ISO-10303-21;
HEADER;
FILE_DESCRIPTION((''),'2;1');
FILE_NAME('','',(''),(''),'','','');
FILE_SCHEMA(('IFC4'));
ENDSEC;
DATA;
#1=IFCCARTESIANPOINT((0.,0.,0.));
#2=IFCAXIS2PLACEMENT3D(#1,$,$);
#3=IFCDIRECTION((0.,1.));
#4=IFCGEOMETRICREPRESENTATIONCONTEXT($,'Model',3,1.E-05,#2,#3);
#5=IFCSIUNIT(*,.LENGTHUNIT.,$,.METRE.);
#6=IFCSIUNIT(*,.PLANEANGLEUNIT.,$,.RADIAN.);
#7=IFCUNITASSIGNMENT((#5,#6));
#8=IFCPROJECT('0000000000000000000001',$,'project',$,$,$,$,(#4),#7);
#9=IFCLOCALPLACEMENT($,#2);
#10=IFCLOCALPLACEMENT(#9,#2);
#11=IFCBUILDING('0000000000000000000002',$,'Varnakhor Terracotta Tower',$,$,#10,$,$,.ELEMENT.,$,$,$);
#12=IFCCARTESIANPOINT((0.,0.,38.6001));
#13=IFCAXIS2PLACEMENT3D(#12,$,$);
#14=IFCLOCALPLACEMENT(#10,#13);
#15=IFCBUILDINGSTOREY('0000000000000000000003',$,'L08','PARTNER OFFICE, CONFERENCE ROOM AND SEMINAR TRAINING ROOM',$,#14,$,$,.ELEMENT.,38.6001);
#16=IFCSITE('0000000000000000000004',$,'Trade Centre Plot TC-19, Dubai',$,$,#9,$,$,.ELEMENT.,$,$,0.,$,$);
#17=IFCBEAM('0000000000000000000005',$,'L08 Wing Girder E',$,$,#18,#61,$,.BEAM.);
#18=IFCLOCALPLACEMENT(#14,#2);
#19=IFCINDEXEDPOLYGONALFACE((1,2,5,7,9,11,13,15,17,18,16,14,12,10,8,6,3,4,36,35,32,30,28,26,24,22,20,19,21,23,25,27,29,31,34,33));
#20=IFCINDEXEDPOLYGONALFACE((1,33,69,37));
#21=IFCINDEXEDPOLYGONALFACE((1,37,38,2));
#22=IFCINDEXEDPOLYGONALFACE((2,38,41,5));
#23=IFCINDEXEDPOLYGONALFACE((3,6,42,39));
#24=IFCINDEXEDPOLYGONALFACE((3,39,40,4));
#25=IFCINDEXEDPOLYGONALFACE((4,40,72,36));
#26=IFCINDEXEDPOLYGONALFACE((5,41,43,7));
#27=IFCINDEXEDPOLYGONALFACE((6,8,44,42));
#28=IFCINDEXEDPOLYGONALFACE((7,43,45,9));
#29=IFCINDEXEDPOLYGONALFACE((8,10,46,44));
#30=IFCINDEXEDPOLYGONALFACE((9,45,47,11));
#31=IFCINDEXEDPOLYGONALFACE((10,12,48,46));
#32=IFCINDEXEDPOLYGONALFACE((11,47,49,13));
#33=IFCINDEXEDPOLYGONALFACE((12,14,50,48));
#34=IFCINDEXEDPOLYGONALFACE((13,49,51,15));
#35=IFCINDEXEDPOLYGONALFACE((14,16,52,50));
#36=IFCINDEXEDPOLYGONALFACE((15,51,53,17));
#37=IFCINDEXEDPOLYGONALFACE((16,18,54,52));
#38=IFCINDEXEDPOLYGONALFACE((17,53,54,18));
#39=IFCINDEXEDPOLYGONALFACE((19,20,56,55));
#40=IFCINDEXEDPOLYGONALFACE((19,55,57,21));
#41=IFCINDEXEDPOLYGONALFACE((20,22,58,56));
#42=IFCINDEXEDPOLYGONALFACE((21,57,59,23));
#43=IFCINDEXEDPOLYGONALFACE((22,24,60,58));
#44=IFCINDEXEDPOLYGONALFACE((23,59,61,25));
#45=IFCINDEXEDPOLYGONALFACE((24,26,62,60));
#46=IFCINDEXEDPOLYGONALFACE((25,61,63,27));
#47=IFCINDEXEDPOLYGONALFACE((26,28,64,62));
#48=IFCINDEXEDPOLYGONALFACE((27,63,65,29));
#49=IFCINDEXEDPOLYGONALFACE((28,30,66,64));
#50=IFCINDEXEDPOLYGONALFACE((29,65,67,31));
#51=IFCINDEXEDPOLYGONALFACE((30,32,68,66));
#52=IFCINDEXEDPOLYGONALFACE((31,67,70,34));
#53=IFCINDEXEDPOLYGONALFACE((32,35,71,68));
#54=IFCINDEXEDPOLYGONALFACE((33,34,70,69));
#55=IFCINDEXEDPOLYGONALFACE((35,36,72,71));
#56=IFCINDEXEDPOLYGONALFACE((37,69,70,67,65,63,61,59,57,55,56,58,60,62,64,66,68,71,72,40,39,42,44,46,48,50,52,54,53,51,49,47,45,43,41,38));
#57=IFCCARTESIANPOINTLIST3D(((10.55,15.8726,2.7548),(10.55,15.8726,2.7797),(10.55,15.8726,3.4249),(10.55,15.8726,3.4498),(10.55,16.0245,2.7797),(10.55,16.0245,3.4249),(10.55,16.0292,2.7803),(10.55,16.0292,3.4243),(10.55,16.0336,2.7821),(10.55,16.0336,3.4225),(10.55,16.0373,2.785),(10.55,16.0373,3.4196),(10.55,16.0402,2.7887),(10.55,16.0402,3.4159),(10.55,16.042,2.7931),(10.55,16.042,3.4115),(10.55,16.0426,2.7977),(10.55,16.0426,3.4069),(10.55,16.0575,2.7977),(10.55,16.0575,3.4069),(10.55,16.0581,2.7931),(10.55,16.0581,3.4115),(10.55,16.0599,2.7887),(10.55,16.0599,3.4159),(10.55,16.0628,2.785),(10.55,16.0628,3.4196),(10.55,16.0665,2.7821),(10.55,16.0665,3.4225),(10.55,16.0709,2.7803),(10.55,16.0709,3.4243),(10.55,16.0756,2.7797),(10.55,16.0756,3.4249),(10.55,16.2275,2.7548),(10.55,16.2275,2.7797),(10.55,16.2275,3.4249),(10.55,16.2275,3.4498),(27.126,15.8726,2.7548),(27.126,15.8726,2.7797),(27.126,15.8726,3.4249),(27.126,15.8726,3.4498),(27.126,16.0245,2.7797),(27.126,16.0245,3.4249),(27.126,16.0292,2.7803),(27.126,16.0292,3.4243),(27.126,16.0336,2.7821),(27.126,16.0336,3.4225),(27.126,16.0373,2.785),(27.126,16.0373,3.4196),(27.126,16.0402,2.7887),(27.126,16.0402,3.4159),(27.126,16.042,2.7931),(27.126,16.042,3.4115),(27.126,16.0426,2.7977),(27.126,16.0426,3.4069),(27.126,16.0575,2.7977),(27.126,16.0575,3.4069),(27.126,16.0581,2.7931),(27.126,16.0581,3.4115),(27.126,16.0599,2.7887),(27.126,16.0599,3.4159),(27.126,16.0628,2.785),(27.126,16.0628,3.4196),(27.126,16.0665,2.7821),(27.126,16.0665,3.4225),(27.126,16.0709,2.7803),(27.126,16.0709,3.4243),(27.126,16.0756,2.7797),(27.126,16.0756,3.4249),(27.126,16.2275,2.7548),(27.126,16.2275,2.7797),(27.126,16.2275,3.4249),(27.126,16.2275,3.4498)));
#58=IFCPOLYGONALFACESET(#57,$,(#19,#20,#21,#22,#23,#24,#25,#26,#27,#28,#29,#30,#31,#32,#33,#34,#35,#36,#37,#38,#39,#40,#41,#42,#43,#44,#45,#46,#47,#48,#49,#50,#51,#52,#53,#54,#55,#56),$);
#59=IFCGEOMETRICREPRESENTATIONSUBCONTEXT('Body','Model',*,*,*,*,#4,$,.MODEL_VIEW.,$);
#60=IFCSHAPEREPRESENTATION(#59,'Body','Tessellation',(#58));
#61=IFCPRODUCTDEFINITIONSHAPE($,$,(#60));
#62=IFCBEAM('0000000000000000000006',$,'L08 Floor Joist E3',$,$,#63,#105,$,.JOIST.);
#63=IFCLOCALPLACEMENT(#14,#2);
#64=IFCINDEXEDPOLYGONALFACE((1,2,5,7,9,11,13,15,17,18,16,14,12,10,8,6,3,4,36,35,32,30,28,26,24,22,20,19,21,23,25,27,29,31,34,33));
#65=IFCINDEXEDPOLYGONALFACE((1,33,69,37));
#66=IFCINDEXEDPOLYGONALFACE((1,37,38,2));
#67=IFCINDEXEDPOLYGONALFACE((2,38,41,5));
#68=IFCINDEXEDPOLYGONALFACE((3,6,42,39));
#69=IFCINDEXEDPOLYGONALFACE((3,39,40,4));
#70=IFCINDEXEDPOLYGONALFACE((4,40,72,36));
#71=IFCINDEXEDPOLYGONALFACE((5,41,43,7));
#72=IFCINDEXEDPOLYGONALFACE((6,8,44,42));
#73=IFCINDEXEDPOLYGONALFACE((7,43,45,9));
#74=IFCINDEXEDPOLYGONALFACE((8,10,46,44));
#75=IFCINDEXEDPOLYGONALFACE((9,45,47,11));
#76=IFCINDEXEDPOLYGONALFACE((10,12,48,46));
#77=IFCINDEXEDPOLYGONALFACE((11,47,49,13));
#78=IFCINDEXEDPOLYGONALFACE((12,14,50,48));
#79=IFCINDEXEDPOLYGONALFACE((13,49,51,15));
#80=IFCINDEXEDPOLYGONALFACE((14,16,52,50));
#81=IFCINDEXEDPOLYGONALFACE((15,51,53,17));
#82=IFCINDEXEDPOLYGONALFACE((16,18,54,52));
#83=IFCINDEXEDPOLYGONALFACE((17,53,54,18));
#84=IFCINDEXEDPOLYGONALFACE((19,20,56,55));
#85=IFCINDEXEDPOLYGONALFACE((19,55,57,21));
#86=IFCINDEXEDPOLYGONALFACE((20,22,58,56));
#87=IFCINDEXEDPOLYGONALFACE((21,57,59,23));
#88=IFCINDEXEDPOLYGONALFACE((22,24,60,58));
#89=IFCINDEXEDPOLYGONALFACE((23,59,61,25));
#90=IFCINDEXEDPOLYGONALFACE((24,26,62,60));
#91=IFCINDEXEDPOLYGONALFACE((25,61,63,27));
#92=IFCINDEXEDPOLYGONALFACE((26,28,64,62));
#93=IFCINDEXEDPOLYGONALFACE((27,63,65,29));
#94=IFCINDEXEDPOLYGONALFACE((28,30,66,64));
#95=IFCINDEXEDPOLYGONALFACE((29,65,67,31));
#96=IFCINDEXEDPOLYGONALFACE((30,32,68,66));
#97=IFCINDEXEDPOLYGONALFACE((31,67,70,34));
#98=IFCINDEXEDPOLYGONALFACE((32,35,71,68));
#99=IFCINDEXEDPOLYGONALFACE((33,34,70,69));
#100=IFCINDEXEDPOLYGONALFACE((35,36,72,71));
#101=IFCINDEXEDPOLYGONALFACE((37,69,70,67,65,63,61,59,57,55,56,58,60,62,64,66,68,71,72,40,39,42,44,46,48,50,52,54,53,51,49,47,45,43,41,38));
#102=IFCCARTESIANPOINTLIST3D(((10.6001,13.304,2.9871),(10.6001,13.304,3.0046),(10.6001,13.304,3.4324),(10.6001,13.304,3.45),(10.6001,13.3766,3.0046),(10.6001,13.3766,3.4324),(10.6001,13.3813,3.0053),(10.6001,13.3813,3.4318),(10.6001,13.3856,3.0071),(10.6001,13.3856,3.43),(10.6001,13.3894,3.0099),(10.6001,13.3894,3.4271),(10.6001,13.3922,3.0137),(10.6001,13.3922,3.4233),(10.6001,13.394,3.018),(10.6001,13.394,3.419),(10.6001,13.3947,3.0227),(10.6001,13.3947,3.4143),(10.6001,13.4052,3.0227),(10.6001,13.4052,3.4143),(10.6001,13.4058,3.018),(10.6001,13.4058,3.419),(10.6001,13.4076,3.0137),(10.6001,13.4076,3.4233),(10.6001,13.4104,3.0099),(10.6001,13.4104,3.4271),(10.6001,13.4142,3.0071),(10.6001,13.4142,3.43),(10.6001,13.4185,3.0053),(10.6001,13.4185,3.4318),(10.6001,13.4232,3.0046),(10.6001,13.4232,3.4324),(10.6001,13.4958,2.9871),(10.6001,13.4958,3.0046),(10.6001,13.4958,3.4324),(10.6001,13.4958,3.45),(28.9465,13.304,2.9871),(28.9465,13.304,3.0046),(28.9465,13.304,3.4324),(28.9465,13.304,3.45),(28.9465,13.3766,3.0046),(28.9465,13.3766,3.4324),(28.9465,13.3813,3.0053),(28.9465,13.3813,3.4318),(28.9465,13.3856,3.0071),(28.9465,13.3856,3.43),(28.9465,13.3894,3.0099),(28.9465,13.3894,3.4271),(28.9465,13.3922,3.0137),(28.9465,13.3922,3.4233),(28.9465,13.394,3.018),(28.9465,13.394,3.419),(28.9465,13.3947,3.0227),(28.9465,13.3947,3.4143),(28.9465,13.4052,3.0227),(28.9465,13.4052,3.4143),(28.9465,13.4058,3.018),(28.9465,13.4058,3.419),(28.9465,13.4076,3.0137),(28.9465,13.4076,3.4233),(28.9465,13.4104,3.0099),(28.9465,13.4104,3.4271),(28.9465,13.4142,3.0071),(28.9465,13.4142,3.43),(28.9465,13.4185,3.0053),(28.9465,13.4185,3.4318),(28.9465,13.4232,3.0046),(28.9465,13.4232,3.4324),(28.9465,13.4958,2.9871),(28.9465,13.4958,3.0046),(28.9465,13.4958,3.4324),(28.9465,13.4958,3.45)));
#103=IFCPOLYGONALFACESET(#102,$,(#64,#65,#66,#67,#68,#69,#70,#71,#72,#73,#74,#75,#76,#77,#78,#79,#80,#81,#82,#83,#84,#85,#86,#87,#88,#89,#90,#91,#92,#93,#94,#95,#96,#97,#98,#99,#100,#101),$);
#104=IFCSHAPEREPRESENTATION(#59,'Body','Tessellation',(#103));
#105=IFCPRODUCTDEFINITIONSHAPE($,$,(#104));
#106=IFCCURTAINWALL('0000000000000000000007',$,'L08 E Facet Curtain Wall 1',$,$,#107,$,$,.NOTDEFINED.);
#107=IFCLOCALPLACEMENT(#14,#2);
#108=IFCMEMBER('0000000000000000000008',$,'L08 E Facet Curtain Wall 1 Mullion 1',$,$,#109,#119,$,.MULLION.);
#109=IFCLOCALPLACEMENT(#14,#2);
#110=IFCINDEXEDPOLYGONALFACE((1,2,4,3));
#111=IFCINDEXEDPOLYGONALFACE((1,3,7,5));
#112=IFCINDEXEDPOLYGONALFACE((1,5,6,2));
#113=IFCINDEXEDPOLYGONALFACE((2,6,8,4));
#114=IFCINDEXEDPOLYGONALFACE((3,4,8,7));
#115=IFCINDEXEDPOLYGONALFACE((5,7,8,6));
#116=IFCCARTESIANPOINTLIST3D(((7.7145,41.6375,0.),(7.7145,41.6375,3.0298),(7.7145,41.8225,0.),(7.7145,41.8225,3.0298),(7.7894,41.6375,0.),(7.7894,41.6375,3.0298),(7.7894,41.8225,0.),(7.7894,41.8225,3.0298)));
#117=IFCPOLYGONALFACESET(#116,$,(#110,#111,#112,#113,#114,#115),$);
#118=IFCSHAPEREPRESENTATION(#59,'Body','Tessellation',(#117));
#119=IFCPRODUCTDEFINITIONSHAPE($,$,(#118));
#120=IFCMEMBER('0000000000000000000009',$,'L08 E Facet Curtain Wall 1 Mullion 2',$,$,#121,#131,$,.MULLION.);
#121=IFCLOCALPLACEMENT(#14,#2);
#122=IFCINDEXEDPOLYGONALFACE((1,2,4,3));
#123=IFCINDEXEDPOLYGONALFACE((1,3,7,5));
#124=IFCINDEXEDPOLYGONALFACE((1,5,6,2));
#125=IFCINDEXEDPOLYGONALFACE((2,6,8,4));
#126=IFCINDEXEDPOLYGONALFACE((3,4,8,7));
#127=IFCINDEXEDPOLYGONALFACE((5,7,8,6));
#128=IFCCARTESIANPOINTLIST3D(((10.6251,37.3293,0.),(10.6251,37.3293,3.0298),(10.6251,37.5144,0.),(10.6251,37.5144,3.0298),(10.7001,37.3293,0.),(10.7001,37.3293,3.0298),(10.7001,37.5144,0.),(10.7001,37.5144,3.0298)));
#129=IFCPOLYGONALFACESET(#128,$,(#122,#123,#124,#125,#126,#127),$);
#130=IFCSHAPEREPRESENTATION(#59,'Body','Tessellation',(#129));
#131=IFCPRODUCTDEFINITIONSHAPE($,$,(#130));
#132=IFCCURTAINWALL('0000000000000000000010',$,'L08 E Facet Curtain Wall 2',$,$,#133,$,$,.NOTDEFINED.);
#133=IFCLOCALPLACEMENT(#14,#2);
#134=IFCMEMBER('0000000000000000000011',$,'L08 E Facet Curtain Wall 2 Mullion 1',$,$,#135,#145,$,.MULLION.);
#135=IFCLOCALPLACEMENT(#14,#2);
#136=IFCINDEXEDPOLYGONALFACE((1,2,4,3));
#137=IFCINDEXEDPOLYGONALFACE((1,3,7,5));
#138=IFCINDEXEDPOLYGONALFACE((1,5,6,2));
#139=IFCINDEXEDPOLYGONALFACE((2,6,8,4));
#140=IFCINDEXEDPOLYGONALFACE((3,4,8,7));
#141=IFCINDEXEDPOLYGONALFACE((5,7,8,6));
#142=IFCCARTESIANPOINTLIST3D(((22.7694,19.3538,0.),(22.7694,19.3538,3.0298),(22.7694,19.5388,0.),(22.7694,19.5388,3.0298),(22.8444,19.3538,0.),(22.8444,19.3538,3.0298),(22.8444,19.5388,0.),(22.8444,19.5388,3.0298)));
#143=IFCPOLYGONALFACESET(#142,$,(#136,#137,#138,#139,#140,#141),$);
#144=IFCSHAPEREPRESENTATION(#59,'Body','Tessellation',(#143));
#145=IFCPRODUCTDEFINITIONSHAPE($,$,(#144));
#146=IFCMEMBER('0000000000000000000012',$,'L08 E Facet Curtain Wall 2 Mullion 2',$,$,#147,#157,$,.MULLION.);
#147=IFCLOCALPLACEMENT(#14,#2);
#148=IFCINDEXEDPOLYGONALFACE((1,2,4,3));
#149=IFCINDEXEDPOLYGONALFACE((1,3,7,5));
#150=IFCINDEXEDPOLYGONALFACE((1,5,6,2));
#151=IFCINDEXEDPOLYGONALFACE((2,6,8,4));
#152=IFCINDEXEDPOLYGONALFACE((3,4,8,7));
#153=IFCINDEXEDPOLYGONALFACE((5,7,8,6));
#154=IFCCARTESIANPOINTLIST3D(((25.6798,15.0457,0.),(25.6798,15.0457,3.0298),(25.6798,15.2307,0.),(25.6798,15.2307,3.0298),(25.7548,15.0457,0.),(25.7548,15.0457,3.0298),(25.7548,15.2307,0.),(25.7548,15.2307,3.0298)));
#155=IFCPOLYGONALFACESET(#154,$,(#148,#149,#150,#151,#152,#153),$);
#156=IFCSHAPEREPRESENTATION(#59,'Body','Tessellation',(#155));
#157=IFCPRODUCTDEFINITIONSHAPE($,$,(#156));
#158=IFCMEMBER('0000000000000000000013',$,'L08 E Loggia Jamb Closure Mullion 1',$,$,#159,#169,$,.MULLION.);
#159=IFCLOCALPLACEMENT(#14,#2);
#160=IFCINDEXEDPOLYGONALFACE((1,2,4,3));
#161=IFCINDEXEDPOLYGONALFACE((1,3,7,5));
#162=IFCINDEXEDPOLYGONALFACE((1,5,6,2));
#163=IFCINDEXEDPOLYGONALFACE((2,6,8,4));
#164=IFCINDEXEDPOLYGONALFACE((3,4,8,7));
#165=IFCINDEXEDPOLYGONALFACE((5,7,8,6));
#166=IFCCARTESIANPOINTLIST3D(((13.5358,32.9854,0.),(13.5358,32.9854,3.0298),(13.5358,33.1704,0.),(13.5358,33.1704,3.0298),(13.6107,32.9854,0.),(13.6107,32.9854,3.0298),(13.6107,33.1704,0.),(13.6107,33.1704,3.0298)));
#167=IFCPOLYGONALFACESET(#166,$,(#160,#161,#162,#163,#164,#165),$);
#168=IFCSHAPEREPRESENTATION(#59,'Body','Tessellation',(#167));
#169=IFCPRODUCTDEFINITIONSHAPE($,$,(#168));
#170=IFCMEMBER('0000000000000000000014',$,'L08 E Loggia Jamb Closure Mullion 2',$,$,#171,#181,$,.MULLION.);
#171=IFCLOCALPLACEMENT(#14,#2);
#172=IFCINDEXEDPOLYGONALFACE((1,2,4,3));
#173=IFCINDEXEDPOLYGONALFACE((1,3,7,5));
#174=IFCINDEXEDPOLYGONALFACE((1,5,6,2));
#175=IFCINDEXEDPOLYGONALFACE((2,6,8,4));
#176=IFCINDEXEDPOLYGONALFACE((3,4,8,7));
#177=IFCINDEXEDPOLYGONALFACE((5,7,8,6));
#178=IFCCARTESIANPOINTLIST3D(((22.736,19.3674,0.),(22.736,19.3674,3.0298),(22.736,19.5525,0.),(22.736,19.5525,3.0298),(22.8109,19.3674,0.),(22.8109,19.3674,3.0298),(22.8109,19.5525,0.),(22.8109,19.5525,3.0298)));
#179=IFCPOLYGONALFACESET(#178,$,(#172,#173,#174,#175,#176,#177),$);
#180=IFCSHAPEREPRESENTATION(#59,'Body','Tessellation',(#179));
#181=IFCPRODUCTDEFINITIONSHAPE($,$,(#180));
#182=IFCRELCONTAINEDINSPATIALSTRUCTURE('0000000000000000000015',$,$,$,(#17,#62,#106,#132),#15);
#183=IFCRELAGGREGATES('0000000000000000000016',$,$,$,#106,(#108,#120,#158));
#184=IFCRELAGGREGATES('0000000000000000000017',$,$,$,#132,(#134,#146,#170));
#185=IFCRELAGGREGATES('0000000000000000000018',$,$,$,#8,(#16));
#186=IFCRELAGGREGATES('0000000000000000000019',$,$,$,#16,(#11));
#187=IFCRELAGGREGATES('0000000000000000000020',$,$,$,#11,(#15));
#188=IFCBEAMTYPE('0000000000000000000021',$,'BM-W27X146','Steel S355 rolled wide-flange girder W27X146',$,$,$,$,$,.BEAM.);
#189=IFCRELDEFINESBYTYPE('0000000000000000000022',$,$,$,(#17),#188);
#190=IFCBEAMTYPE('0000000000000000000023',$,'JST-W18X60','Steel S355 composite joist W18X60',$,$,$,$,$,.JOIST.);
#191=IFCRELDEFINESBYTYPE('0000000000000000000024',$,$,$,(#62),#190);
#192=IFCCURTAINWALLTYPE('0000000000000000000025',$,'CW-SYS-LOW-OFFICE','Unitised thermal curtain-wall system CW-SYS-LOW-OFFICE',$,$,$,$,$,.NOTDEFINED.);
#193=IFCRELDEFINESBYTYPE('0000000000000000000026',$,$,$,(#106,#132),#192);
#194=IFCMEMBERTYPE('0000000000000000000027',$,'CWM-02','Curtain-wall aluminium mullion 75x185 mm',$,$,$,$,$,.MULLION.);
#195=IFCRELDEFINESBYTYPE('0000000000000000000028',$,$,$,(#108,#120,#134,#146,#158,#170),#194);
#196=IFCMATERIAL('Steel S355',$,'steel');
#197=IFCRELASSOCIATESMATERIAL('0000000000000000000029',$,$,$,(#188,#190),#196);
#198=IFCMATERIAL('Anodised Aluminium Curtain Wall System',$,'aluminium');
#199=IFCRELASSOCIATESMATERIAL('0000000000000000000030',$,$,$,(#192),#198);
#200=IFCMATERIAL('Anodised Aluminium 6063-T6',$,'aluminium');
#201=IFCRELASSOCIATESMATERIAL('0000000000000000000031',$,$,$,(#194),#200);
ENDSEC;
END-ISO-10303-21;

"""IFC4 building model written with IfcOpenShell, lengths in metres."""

from ifc_helpers import new_model, si_unit, direction, frame, origin, origin_2d, place, context, subcontext, project, spatial, rectangle, i_section, extrude, source, transform, mapped, material, material_profile, profile_set, type_object, element, aggregate, save


model = new_model("IFC4")

# Units and contexts
model_context = context("Model", 3, precision=1e-05, world=origin(), true_north=direction((0.0, 1.0)))
body_context = subcontext(model_context, "Body", "Model", "MODEL_VIEW")
ifc_project = project(units=[si_unit("LENGTHUNIT", "METRE"), si_unit("PLANEANGLEUNIT", "RADIAN")], contexts=[model_context])

# Site, building, storey
site_placement = place(None, origin())
site = spatial("IfcSite", under=ifc_project, at=site_placement, Name="Trade Centre Plot TC-19, Dubai", CompositionType="ELEMENT", RefElevation=0.0)
building_placement = place(site_placement, origin())
building = spatial("IfcBuilding", under=site, at=building_placement, Name="Varnakhor Terracotta Tower", CompositionType="ELEMENT")
storey_placement = place(building_placement, frame((0.0, 0.0, 38.6001)))
storey = spatial("IfcBuildingStorey", under=building, at=storey_placement, Name="L08", Description="PARTNER OFFICE, CONFERENCE ROOM AND SEMINAR TRAINING ROOM", CompositionType="ELEMENT", Elevation=38.6001)

# Beams
ifc_material_1 = material(Name="Steel S355", Category="steel")
ifc_material_profile_1 = material_profile(ifc_material_1, i_section(OverallWidth=0.355, OverallDepth=0.6951, WebThickness=0.0149, FlangeThickness=0.0249, FilletRadius=0.0181, at=origin_2d()), Name="W27X146")
ifc_profile_set_1 = profile_set([ifc_material_profile_1], Name="Steel S355")
beam_type_1 = type_object("IfcBeamType", Name="BM-W27X146", Description="Steel S355 rolled wide-flange girder W27X146", PredefinedType="BEAM", material=ifc_profile_set_1)
shared_shape_1 = source(origin(), body_context, "Body", "SweptSolid", [
    extrude(i_section(OverallWidth=0.355, OverallDepth=0.6951, WebThickness=0.0149, FlangeThickness=0.0249, FilletRadius=0.0181, at=origin_2d()), origin(), (0.0, 0.0, 1.0), 16.5759),
])
beam_1_placement = place(storey_placement, frame((10.55, 16.05, 3.1023), z_axis=(1.0, 0.0, 0.0), x_axis=(0.0, 1.0, 0.0)))
element("IfcBeam", 1, at=beam_1_placement, inside=storey, type_object=beam_type_1, Name="L08 Wing Girder E", PredefinedType="BEAM", context=body_context, shape_type="MappedRepresentation", body=[
    mapped(shared_shape_1, transform((0.0, 0.0, 0.0), scale=1.0)),
])
ifc_material_profile_2 = material_profile(ifc_material_1, i_section(OverallWidth=0.1919, OverallDepth=0.4629, WebThickness=0.0105, FlangeThickness=0.0176, FilletRadius=0.0181, at=origin_2d()), Name="W18X60")
ifc_profile_set_2 = profile_set([ifc_material_profile_2], Name="Steel S355")
beam_type_2 = type_object("IfcBeamType", Name="JST-W18X60", Description="Steel S355 composite joist W18X60", PredefinedType="JOIST", material=ifc_profile_set_2)
shared_shape_2 = source(origin(), body_context, "Body", "SweptSolid", [
    extrude(i_section(OverallWidth=0.1919, OverallDepth=0.4629, WebThickness=0.0105, FlangeThickness=0.0176, FilletRadius=0.0181, at=origin_2d()), origin(), (0.0, 0.0, 1.0), 18.3464),
])
beam_2_placement = place(storey_placement, frame((10.6001, 13.3999, 3.2185), z_axis=(1.0, 0.0, 0.0), x_axis=(0.0, 1.0, 0.0)))
element("IfcBeam", 2, at=beam_2_placement, inside=storey, type_object=beam_type_2, Name="L08 Floor Joist E3", PredefinedType="JOIST", context=body_context, shape_type="MappedRepresentation", body=[
    mapped(shared_shape_2, transform((0.0, 0.0, 0.0), scale=1.0)),
])

# Curtain walls, members
ifc_material_2 = material(Name="Anodised Aluminium Curtain Wall System", Category="aluminium")
curtain_wall_type = type_object("IfcCurtainWallType", Name="CW-SYS-LOW-OFFICE", Description="Unitised thermal curtain-wall system CW-SYS-LOW-OFFICE", PredefinedType="NOTDEFINED", material=ifc_material_2)
curtain_wall_1_placement = place(storey_placement, origin())
curtain_wall_1 = element("IfcCurtainWall", 3, at=curtain_wall_1_placement, inside=storey, type_object=curtain_wall_type, Name="L08 E Facet Curtain Wall 1", PredefinedType="NOTDEFINED")
ifc_material_3 = material(Name="Anodised Aluminium 6063-T6", Category="aluminium")
ifc_material_profile_3 = material_profile(ifc_material_3, rectangle(XDim=0.075, YDim=0.1851, at=origin_2d()), Name="ALU MULLION 75x185")
ifc_profile_set_3 = profile_set([ifc_material_profile_3], Name="Anodised Aluminium 6063-T6")
member_type_1 = type_object("IfcMemberType", Name="CWM-02", Description="Curtain-wall aluminium mullion 75x185 mm", PredefinedType="MULLION", material=ifc_profile_set_3)
shared_shape_3 = source(origin(), body_context, "Body", "SweptSolid", [
    extrude(rectangle(XDim=0.075, YDim=0.1851, at=origin_2d()), origin(), (0.0, 0.0, 1.0), 3.0298),
])
member_1_placement = place(storey_placement, frame((7.752, 41.73, 0.0), z_axis=(0.0, 0.0, 1.0), x_axis=(1.0, 0.0, 0.0)))
member_1 = element("IfcMember", 4, at=member_1_placement, type_object=member_type_1, Name="L08 E Facet Curtain Wall 1 Mullion 1", PredefinedType="MULLION", context=body_context, shape_type="MappedRepresentation", body=[
    mapped(shared_shape_3, transform((0.0, 0.0, 0.0), scale=1.0)),
])
member_2_placement = place(storey_placement, frame((10.6626, 37.4219, 0.0), z_axis=(0.0, 0.0, 1.0), x_axis=(1.0, 0.0, 0.0)))
member_2 = element("IfcMember", 5, at=member_2_placement, type_object=member_type_1, Name="L08 E Facet Curtain Wall 1 Mullion 2", PredefinedType="MULLION", context=body_context, shape_type="MappedRepresentation", body=[
    mapped(shared_shape_3, transform((0.0, 0.0, 0.0), scale=1.0)),
])
curtain_wall_2_placement = place(storey_placement, origin())
curtain_wall_2 = element("IfcCurtainWall", 6, at=curtain_wall_2_placement, inside=storey, type_object=curtain_wall_type, Name="L08 E Facet Curtain Wall 2", PredefinedType="NOTDEFINED")
member_3_placement = place(storey_placement, frame((22.8069, 19.4463, 0.0), z_axis=(0.0, 0.0, 1.0), x_axis=(1.0, 0.0, 0.0)))
member_3 = element("IfcMember", 7, at=member_3_placement, type_object=member_type_1, Name="L08 E Facet Curtain Wall 2 Mullion 1", PredefinedType="MULLION", context=body_context, shape_type="MappedRepresentation", body=[
    mapped(shared_shape_3, transform((0.0, 0.0, 0.0), scale=1.0)),
])
member_4_placement = place(storey_placement, frame((25.7173, 15.1382, 0.0), z_axis=(0.0, 0.0, 1.0), x_axis=(1.0, 0.0, 0.0)))
member_4 = element("IfcMember", 8, at=member_4_placement, type_object=member_type_1, Name="L08 E Facet Curtain Wall 2 Mullion 2", PredefinedType="MULLION", context=body_context, shape_type="MappedRepresentation", body=[
    mapped(shared_shape_3, transform((0.0, 0.0, 0.0), scale=1.0)),
])

# Members
member_5_placement = place(storey_placement, frame((13.5732, 33.0779, 0.0), z_axis=(0.0, 0.0, 1.0), x_axis=(1.0, 0.0, 0.0)))
member_5 = element("IfcMember", 9, at=member_5_placement, type_object=member_type_1, Name="L08 E Loggia Jamb Closure Mullion 1", PredefinedType="MULLION", context=body_context, shape_type="MappedRepresentation", body=[
    mapped(shared_shape_3, transform((0.0, 0.0, 0.0), scale=1.0)),
])
member_6_placement = place(storey_placement, frame((22.7734, 19.46, 0.0), z_axis=(0.0, 0.0, 1.0), x_axis=(1.0, 0.0, 0.0)))
member_6 = element("IfcMember", 10, at=member_6_placement, type_object=member_type_1, Name="L08 E Loggia Jamb Closure Mullion 2", PredefinedType="MULLION", context=body_context, shape_type="MappedRepresentation", body=[
    mapped(shared_shape_3, transform((0.0, 0.0, 0.0), scale=1.0)),
])

aggregate(curtain_wall_1, [member_1, member_2, member_5])
aggregate(curtain_wall_2, [member_3, member_4, member_6])

save(model, "model.ifc")
